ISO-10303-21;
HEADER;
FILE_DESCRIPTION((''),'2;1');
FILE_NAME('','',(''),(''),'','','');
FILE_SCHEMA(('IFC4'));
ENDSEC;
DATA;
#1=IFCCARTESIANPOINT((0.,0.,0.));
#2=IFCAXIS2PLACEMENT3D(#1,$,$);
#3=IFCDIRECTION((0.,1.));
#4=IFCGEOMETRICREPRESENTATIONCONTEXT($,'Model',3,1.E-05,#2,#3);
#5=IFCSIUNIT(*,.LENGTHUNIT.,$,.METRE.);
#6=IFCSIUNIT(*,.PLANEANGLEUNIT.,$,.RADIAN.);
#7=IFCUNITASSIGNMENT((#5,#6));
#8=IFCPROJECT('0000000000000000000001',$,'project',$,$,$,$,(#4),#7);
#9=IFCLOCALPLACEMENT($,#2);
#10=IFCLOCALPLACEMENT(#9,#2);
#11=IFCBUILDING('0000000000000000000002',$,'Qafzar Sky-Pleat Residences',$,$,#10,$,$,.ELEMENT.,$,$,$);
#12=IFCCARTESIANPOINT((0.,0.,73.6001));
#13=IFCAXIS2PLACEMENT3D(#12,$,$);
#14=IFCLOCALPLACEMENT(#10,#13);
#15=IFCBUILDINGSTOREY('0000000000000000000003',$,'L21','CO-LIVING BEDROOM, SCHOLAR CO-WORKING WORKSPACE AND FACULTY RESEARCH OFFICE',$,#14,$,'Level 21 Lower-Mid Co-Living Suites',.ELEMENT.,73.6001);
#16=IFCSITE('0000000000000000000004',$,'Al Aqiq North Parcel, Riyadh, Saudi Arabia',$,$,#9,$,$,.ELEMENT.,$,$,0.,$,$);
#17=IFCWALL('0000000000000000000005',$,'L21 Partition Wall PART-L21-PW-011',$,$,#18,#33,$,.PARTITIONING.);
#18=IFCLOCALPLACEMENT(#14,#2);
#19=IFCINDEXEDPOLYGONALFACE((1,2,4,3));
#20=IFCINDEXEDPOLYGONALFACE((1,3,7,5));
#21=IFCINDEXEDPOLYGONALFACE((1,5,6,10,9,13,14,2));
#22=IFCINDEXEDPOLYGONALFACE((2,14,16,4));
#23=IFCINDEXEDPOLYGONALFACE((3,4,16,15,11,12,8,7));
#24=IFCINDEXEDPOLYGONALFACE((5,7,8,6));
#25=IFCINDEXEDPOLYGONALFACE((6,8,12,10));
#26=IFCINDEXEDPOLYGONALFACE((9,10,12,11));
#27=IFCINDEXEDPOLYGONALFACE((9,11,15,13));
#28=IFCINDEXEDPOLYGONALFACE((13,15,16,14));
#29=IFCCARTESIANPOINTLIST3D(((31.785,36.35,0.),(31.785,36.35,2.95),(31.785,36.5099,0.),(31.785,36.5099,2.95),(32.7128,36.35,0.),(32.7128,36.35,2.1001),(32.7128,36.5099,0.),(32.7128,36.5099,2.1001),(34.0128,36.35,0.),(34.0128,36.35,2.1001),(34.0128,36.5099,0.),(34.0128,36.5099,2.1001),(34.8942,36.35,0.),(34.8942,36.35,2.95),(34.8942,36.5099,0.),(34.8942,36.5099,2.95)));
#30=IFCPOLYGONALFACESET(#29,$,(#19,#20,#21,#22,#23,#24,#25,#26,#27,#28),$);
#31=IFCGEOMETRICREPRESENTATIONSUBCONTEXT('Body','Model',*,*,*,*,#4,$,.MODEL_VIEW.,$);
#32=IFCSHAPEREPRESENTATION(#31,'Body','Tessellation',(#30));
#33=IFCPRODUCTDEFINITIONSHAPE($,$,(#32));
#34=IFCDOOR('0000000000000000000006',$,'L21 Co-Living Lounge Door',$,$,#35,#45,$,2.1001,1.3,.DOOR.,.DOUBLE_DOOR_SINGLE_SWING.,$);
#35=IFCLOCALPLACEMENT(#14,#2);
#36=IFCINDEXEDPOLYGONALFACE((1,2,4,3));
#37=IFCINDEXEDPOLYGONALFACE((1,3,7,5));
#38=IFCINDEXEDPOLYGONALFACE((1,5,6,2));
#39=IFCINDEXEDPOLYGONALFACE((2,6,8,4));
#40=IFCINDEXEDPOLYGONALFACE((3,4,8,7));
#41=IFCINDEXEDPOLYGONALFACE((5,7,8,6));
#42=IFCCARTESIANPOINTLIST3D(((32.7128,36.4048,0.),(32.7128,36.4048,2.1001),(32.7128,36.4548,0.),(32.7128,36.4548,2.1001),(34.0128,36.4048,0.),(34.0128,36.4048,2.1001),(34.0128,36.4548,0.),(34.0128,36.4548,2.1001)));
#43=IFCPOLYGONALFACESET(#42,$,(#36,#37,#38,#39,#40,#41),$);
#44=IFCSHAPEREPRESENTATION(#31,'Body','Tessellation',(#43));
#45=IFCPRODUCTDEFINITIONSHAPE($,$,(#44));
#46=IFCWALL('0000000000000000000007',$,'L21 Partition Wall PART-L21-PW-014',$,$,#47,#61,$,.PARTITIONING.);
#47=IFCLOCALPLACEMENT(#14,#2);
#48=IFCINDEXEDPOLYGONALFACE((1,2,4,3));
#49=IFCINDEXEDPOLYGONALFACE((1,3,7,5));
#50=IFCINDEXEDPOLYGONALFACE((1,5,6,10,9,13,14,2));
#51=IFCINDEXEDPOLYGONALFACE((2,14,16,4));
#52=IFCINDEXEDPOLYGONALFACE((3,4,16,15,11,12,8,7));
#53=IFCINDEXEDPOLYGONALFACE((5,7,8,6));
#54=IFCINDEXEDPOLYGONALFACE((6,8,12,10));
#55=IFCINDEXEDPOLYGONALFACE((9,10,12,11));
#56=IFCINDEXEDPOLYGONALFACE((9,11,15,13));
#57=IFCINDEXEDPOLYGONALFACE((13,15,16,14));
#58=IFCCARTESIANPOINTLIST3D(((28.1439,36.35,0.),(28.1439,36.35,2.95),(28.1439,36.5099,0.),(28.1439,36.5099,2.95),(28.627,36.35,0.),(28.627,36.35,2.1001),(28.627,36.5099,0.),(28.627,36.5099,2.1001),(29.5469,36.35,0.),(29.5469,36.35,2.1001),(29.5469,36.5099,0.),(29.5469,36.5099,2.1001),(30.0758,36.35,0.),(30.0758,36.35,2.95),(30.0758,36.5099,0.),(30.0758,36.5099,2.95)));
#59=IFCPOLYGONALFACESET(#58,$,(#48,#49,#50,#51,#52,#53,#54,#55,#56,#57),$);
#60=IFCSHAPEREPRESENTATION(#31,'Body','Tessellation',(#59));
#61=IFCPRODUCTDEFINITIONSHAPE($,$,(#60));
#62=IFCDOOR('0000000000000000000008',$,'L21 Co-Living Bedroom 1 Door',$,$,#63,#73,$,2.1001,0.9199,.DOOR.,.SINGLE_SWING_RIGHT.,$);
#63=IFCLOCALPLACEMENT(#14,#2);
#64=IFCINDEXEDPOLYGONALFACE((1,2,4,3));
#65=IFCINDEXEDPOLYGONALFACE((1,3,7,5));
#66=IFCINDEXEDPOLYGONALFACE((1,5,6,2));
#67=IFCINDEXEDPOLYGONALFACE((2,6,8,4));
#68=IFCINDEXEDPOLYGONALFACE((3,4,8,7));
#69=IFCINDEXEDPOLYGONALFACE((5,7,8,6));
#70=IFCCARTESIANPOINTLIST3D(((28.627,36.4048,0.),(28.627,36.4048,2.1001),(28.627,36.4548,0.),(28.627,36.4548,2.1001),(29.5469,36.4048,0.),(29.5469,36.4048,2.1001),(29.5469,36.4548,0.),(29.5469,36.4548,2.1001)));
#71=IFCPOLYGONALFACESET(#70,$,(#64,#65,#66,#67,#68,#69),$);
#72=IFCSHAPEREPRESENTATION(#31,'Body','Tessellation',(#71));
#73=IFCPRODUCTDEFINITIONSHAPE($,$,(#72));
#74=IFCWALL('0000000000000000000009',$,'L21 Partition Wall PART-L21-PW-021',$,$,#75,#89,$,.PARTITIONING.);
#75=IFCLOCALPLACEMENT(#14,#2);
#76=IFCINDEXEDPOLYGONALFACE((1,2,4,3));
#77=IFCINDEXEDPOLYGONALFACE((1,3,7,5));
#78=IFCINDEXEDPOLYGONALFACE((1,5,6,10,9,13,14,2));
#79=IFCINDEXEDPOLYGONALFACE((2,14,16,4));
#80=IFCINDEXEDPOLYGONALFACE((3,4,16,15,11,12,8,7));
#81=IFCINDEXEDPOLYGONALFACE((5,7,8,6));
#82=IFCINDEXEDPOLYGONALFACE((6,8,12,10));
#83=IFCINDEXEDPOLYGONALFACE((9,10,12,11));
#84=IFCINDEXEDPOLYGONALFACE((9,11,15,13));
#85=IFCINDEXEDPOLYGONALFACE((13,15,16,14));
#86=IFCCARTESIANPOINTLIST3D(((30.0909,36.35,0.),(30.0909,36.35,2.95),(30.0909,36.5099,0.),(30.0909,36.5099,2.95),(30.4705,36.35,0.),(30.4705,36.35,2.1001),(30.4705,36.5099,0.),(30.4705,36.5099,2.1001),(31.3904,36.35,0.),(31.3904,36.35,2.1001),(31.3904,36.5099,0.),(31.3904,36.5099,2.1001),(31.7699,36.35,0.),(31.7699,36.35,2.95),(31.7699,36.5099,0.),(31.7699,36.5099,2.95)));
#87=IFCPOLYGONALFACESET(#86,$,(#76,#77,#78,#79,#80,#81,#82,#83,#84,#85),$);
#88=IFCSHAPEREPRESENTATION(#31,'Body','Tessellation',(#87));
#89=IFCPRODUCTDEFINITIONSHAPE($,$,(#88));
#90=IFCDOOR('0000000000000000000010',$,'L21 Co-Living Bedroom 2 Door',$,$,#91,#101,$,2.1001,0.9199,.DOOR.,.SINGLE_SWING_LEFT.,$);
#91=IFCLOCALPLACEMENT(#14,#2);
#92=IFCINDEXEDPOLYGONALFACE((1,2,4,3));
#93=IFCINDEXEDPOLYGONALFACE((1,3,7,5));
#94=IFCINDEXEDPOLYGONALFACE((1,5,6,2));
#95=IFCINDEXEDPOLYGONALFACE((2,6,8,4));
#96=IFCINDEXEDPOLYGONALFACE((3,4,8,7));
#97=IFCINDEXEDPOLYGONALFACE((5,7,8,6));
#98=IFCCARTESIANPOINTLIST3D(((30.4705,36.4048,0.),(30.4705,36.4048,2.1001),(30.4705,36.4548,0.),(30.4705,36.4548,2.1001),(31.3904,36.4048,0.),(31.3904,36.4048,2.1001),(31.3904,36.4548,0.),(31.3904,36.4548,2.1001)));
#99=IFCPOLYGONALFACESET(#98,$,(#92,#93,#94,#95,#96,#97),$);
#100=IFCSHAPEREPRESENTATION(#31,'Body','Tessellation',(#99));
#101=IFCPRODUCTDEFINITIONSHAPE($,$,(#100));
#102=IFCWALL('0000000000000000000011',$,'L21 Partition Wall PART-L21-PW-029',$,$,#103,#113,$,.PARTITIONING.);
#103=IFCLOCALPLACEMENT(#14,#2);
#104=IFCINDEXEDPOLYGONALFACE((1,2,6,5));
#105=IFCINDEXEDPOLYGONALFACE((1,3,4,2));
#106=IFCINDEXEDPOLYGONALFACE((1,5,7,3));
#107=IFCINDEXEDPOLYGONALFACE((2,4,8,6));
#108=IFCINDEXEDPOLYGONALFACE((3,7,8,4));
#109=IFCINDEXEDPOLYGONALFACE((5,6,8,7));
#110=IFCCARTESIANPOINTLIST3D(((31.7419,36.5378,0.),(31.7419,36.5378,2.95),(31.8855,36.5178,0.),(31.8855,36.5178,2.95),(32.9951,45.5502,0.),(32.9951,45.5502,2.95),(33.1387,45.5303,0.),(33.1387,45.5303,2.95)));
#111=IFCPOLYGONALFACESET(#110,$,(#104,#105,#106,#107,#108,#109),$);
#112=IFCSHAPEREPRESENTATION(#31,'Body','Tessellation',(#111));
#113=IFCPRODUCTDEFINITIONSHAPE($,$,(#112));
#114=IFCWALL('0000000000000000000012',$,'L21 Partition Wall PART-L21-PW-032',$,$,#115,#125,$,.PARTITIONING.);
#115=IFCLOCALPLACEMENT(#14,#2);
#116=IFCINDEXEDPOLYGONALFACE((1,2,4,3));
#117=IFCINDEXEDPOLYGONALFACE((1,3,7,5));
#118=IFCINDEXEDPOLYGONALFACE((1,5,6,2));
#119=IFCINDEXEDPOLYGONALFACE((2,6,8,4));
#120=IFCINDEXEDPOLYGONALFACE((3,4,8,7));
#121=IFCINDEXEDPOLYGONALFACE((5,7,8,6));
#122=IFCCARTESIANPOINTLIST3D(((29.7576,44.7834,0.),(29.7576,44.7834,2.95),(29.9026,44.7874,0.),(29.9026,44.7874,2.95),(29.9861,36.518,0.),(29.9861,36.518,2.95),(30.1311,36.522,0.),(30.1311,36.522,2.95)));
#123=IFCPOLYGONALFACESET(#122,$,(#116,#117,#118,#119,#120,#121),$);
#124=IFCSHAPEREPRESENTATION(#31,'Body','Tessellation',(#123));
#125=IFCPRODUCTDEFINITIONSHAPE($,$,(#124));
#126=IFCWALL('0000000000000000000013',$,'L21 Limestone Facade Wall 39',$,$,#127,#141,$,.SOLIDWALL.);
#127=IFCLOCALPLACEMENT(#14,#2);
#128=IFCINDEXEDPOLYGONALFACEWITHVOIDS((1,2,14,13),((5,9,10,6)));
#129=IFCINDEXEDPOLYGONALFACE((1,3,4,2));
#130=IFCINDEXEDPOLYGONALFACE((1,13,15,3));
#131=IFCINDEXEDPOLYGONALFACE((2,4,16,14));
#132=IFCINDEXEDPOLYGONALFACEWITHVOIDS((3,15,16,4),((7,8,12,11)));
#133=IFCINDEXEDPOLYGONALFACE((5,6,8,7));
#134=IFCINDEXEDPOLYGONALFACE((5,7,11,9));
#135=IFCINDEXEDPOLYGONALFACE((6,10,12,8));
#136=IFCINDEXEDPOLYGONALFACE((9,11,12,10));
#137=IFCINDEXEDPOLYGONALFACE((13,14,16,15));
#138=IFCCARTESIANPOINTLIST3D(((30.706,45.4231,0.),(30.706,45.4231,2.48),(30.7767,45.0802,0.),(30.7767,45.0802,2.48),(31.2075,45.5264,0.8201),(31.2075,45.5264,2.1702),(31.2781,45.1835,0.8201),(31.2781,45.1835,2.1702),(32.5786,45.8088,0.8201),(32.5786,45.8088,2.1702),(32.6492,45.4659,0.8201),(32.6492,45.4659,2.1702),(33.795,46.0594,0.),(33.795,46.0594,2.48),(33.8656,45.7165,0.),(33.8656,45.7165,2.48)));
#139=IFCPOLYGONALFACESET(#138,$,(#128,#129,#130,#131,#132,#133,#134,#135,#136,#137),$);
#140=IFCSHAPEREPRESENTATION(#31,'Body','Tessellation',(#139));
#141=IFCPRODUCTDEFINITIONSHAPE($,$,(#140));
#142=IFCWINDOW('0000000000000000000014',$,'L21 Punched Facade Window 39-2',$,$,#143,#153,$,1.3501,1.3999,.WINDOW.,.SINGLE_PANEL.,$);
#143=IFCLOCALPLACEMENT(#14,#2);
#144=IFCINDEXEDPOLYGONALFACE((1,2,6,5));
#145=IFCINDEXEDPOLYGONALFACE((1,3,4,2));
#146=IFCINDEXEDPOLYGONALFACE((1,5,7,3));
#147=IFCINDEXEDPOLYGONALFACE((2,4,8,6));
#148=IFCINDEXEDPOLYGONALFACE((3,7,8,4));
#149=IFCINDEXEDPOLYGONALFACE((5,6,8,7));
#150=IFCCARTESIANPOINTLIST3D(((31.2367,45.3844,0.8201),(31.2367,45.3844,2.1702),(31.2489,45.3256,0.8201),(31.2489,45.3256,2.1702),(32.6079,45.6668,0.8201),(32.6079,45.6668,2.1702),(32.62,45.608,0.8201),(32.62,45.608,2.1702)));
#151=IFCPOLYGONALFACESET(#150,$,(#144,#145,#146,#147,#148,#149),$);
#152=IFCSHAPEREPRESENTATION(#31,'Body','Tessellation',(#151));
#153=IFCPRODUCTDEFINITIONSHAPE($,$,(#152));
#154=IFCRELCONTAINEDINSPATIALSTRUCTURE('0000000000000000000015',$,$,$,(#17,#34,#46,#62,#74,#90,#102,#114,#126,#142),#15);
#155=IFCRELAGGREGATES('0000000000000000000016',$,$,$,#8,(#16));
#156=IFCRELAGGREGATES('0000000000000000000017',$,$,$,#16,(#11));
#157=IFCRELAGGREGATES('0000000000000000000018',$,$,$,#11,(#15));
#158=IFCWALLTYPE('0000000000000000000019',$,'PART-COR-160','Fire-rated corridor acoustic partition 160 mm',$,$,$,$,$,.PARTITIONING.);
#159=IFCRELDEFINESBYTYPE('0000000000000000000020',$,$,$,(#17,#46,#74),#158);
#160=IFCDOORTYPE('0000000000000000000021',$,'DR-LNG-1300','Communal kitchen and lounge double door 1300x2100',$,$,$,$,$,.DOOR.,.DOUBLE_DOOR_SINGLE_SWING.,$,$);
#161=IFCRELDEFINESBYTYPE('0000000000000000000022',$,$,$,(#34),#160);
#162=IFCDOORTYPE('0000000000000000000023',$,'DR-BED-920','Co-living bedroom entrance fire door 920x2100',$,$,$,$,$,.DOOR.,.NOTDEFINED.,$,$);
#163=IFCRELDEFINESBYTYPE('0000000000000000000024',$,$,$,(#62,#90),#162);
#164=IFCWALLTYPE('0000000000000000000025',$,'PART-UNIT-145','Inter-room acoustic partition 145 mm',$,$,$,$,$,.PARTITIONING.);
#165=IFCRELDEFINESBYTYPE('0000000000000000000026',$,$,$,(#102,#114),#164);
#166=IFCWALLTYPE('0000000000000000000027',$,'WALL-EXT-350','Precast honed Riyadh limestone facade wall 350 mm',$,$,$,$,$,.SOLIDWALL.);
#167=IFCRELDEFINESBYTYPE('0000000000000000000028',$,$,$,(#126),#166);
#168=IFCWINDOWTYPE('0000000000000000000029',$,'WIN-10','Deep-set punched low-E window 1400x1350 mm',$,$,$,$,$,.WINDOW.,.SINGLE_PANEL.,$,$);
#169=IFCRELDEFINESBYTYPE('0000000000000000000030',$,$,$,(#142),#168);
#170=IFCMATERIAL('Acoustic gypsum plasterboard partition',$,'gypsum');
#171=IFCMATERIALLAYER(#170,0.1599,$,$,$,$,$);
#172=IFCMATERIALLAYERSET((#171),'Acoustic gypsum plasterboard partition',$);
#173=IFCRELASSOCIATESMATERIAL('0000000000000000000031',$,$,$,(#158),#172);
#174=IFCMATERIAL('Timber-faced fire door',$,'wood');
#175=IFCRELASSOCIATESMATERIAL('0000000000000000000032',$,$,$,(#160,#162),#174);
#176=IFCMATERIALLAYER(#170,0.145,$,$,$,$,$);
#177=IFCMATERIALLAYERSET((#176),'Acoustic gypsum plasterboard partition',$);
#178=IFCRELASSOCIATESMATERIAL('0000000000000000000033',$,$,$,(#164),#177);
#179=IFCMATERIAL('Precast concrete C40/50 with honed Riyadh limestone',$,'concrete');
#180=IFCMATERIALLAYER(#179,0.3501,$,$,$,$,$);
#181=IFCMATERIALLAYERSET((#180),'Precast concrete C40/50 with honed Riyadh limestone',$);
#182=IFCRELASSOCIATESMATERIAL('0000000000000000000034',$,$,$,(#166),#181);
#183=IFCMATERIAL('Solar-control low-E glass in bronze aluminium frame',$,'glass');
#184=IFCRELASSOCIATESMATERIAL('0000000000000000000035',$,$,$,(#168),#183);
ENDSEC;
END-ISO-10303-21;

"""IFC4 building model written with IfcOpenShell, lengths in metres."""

from ifc_helpers import new_model, si_unit, direction, frame, frame_2d, origin, place, context, subcontext, project, spatial, rectangle, extrude, source, transform, mapped, material, layer, layer_set, type_object, element, fill, save


model = new_model("IFC4")

# Units and contexts
model_context = context("Model", 3, precision=1e-05, world=origin(), true_north=direction((0.0, 1.0)))
body_context = subcontext(model_context, "Body", "Model", "MODEL_VIEW")
ifc_project = project(units=[si_unit("LENGTHUNIT", "METRE"), si_unit("PLANEANGLEUNIT", "RADIAN")], contexts=[model_context])

# Site, building, storey
site_placement = place(None, origin())
site = spatial("IfcSite", under=ifc_project, at=site_placement, Name="Al Aqiq North Parcel, Riyadh, Saudi Arabia", CompositionType="ELEMENT", RefElevation=0.0)
building_placement = place(site_placement, origin())
building = spatial("IfcBuilding", under=site, at=building_placement, Name="Qafzar Sky-Pleat Residences", CompositionType="ELEMENT")
storey_placement = place(building_placement, frame((0.0, 0.0, 73.6001)))
storey = spatial("IfcBuildingStorey", under=building, at=storey_placement, Name="L21", Description="CO-LIVING BEDROOM, SCHOLAR CO-WORKING WORKSPACE AND FACULTY RESEARCH OFFICE", LongName="Level 21 Lower-Mid Co-Living Suites", CompositionType="ELEMENT", Elevation=73.6001)

# Walls, openings, doors
ifc_material_1 = material(Name="Acoustic gypsum plasterboard partition", Category="gypsum")
ifc_layer_1 = layer(ifc_material_1, 0.1599)
ifc_layer_set_1 = layer_set([ifc_layer_1], Name="Acoustic gypsum plasterboard partition")
wall_type_1 = type_object("IfcWallType", Name="PART-COR-160", Description="Fire-rated corridor acoustic partition 160 mm", PredefinedType="PARTITIONING", material=ifc_layer_set_1)
wall_1_placement = place(storey_placement, frame((31.7849, 36.4299, 0.0), z_axis=(0.0, 0.0, 1.0), x_axis=(1.0, 0.0, 0.0)))
wall_1 = element("IfcWall", 1, at=wall_1_placement, inside=storey, type_object=wall_type_1, Name="L21 Partition Wall PART-L21-PW-011", PredefinedType="PARTITIONING", context=body_context, shape_type="SweptSolid", body=[
    extrude(rectangle(XDim=3.1091, YDim=0.1599, at=frame_2d((1.5547, 0.0))), origin(), (0.0, 0.0, 1.0), 2.95),
])
opening_1_placement = place(wall_1_placement, frame((0.928, 0.0, 0.0)))
opening_1 = element("IfcOpeningElement", 2, at=opening_1_placement, cuts=wall_1, PredefinedType="OPENING", context=body_context, shape_type="SweptSolid", body=[
    extrude(rectangle(XDim=1.3, YDim=2.1001, at=frame_2d((0.6499, 1.05))), frame((0.0, 0.0898, 0.0), z_axis=(0.0, -1.0, 0.0), x_axis=(1.0, 0.0, 0.0)), (0.0, 0.0, 1.0), 0.1799),
])
ifc_material_2 = material(Name="Timber-faced fire door", Category="wood")
door_type_1 = type_object("IfcDoorType", Name="DR-LNG-1300", Description="Communal kitchen and lounge double door 1300x2100", OperationType="DOUBLE_DOOR_SINGLE_SWING", PredefinedType="DOOR", material=ifc_material_2)
shared_shape_1 = source(origin(), body_context, "Body", "SweptSolid", [
    extrude(rectangle(XDim=1.3, YDim=2.1001, at=frame_2d((0.6499, 1.05))), frame((0.0, 0.0249, 0.0), z_axis=(0.0, -1.0, 0.0), x_axis=(1.0, 0.0, 0.0)), (0.0, 0.0, 1.0), 0.05),
])
door_1_placement = place(opening_1_placement, origin())
door_1 = element("IfcDoor", 3, at=door_1_placement, inside=storey, type_object=door_type_1, Name="L21 Co-Living Lounge Door", OperationType="DOUBLE_DOOR_SINGLE_SWING", OverallHeight=2.1001, OverallWidth=1.3, PredefinedType="DOOR", context=body_context, shape_type="MappedRepresentation", body=[
    mapped(shared_shape_1, transform((0.0, 0.0, 0.0), x_axis=(1.0, 0.0, 0.0), y_axis=(0.0, 1.0, 0.0), z_axis=(0.0, 0.0, 1.0), scale=1.0)),
])
fill(opening_1, door_1)
wall_2_placement = place(storey_placement, frame((28.144, 36.4299, 0.0), z_axis=(0.0, 0.0, 1.0), x_axis=(1.0, 0.0, 0.0)))
wall_2 = element("IfcWall", 4, at=wall_2_placement, inside=storey, type_object=wall_type_1, Name="L21 Partition Wall PART-L21-PW-014", PredefinedType="PARTITIONING", context=body_context, shape_type="SweptSolid", body=[
    extrude(rectangle(XDim=1.9319, YDim=0.1599, at=frame_2d((0.9658, 0.0))), origin(), (0.0, 0.0, 1.0), 2.95),
])
opening_2_placement = place(wall_2_placement, frame((0.4829, 0.0, 0.0)))
opening_2 = element("IfcOpeningElement", 5, at=opening_2_placement, cuts=wall_2, PredefinedType="OPENING", context=body_context, shape_type="SweptSolid", body=[
    extrude(rectangle(XDim=0.9199, YDim=2.1001, at=frame_2d((0.46, 1.05))), frame((0.0, 0.0898, 0.0), z_axis=(0.0, -1.0, 0.0), x_axis=(1.0, 0.0, 0.0)), (0.0, 0.0, 1.0), 0.1799),
])
door_type_2 = type_object("IfcDoorType", Name="DR-BED-920", Description="Co-living bedroom entrance fire door 920x2100", OperationType="NOTDEFINED", PredefinedType="DOOR", material=ifc_material_2)
shared_shape_2 = source(origin(), body_context, "Body", "SweptSolid", [
    extrude(rectangle(XDim=0.9199, YDim=2.1001, at=frame_2d((0.46, 1.05))), frame((0.0, 0.0249, 0.0), z_axis=(0.0, -1.0, 0.0), x_axis=(1.0, 0.0, 0.0)), (0.0, 0.0, 1.0), 0.05),
])
door_2_placement = place(opening_2_placement, origin())
door_2 = element("IfcDoor", 6, at=door_2_placement, inside=storey, type_object=door_type_2, Name="L21 Co-Living Bedroom 1 Door", OperationType="SINGLE_SWING_RIGHT", OverallHeight=2.1001, OverallWidth=0.9199, PredefinedType="DOOR", context=body_context, shape_type="MappedRepresentation", body=[
    mapped(shared_shape_2, transform((0.0, 0.0, 0.0), x_axis=(1.0, 0.0, 0.0), y_axis=(0.0, 1.0, 0.0), z_axis=(0.0, 0.0, 1.0), scale=1.0)),
])
fill(opening_2, door_2)
wall_3_placement = place(storey_placement, frame((30.0911, 36.4299, 0.0), z_axis=(0.0, 0.0, 1.0), x_axis=(1.0, 0.0, 0.0)))
wall_3 = element("IfcWall", 7, at=wall_3_placement, inside=storey, type_object=wall_type_1, Name="L21 Partition Wall PART-L21-PW-021", PredefinedType="PARTITIONING", context=body_context, shape_type="SweptSolid", body=[
    extrude(rectangle(XDim=1.679, YDim=0.1599, at=frame_2d((0.8394, 0.0))), origin(), (0.0, 0.0, 1.0), 2.95),
])
opening_3_placement = place(wall_3_placement, frame((0.3794, 0.0, 0.0)))
opening_3 = element("IfcOpeningElement", 8, at=opening_3_placement, cuts=wall_3, PredefinedType="OPENING", context=body_context, shape_type="SweptSolid", body=[
    extrude(rectangle(XDim=0.9199, YDim=2.1001, at=frame_2d((0.46, 1.05))), frame((0.0, 0.0898, 0.0), z_axis=(0.0, -1.0, 0.0), x_axis=(1.0, 0.0, 0.0)), (0.0, 0.0, 1.0), 0.1799),
])
door_3_placement = place(opening_3_placement, origin())
door_3 = element("IfcDoor", 9, at=door_3_placement, inside=storey, type_object=door_type_2, Name="L21 Co-Living Bedroom 2 Door", OperationType="SINGLE_SWING_LEFT", OverallHeight=2.1001, OverallWidth=0.9199, PredefinedType="DOOR", context=body_context, shape_type="MappedRepresentation", body=[
    mapped(shared_shape_2, transform((0.0, 0.0, 0.0), x_axis=(1.0, 0.0, 0.0), y_axis=(0.0, 1.0, 0.0), z_axis=(0.0, 0.0, 1.0), scale=1.0)),
])
fill(opening_3, door_3)

# Walls
ifc_layer_2 = layer(ifc_material_1, 0.145)
ifc_layer_set_2 = layer_set([ifc_layer_2], Name="Acoustic gypsum plasterboard partition")
wall_type_2 = type_object("IfcWallType", Name="PART-UNIT-145", Description="Inter-room acoustic partition 145 mm", PredefinedType="PARTITIONING", material=ifc_layer_set_2)
wall_4_placement = place(storey_placement, frame((31.8137, 36.5278, 0.0), z_axis=(0.0, 0.0, 1.0), x_axis=(0.137724, 0.990471, 0.0)))
element("IfcWall", 10, at=wall_4_placement, inside=storey, type_object=wall_type_2, Name="L21 Partition Wall PART-L21-PW-029", PredefinedType="PARTITIONING", context=body_context, shape_type="SweptSolid", body=[
    extrude(rectangle(XDim=9.0991, YDim=0.145, at=frame_2d((4.5496, 0.0))), origin(), (0.0, 0.0, 1.0), 2.95),
])
wall_5_placement = place(storey_placement, frame((29.8301, 44.7854, 0.0), z_axis=(0.0, 0.0, 1.0), x_axis=(0.027637, -0.999618, 0.0)))
element("IfcWall", 11, at=wall_5_placement, inside=storey, type_object=wall_type_2, Name="L21 Partition Wall PART-L21-PW-032", PredefinedType="PARTITIONING", context=body_context, shape_type="SweptSolid", body=[
    extrude(rectangle(XDim=8.2686, YDim=0.145, at=frame_2d((4.1343, 0.0))), origin(), (0.0, 0.0, 1.0), 2.95),
])

# Wall, opening, window
ifc_material_3 = material(Name="Precast concrete C40/50 with honed Riyadh limestone", Category="concrete")
ifc_layer_3 = layer(ifc_material_3, 0.3501)
ifc_layer_set_3 = layer_set([ifc_layer_3], Name="Precast concrete C40/50 with honed Riyadh limestone")
wall_type_3 = type_object("IfcWallType", Name="WALL-EXT-350", Description="Precast honed Riyadh limestone facade wall 350 mm", PredefinedType="SOLIDWALL", material=ifc_layer_set_3)
wall_6_placement = place(storey_placement, frame((33.8303, 45.8879, 0.0), z_axis=(0.0, 0.0, 1.0), x_axis=(-0.979439, -0.20174, 0.0)))
wall_6 = element("IfcWall", 12, at=wall_6_placement, inside=storey, type_object=wall_type_3, Name="L21 Limestone Facade Wall 39", PredefinedType="SOLIDWALL", context=body_context, shape_type="SweptSolid", body=[
    extrude(rectangle(XDim=3.1538, YDim=0.3501, at=frame_2d((1.5769, 0.0))), origin(), (0.0, 0.0, 1.0), 2.48),
])
opening_4_placement = place(wall_6_placement, frame((1.2419, 0.0, 0.8201)))
opening_4 = element("IfcOpeningElement", 13, at=opening_4_placement, cuts=wall_6, PredefinedType="OPENING", context=body_context, shape_type="SweptSolid", body=[
    extrude(rectangle(XDim=1.3999, YDim=1.3501, at=frame_2d((0.7, 0.675))), frame((0.0, 0.1851, 0.0), z_axis=(0.0, -1.0, 0.0), x_axis=(1.0, 0.0, 0.0)), (0.0, 0.0, 1.0), 0.3701),
])
ifc_material_4 = material(Name="Solar-control low-E glass in bronze aluminium frame", Category="glass")
window_type_1 = type_object("IfcWindowType", Name="WIN-10", Description="Deep-set punched low-E window 1400x1350 mm", PartitioningType="SINGLE_PANEL", PredefinedType="WINDOW", material=ifc_material_4)
shared_shape_3 = source(origin(), body_context, "Body", "SweptSolid", [
    extrude(rectangle(XDim=1.3999, YDim=1.3501, at=frame_2d((0.7, 0.675))), frame((0.0, 0.03, 0.0), z_axis=(0.0, -1.0, 0.0), x_axis=(1.0, 0.0, 0.0)), (0.0, 0.0, 1.0), 0.0601),
])
window_1_placement = place(opening_4_placement, origin())
window_1 = element("IfcWindow", 14, at=window_1_placement, inside=storey, type_object=window_type_1, Name="L21 Punched Facade Window 39-2", OverallHeight=1.3501, OverallWidth=1.3999, PartitioningType="SINGLE_PANEL", PredefinedType="WINDOW", context=body_context, shape_type="MappedRepresentation", body=[
    mapped(shared_shape_3, transform((0.0, 0.0, 0.0), x_axis=(1.0, 0.0, 0.0), y_axis=(0.0, 1.0, 0.0), z_axis=(0.0, 0.0, 1.0), scale=1.0)),
])
fill(opening_4, window_1)

save(model, "model.ifc")
